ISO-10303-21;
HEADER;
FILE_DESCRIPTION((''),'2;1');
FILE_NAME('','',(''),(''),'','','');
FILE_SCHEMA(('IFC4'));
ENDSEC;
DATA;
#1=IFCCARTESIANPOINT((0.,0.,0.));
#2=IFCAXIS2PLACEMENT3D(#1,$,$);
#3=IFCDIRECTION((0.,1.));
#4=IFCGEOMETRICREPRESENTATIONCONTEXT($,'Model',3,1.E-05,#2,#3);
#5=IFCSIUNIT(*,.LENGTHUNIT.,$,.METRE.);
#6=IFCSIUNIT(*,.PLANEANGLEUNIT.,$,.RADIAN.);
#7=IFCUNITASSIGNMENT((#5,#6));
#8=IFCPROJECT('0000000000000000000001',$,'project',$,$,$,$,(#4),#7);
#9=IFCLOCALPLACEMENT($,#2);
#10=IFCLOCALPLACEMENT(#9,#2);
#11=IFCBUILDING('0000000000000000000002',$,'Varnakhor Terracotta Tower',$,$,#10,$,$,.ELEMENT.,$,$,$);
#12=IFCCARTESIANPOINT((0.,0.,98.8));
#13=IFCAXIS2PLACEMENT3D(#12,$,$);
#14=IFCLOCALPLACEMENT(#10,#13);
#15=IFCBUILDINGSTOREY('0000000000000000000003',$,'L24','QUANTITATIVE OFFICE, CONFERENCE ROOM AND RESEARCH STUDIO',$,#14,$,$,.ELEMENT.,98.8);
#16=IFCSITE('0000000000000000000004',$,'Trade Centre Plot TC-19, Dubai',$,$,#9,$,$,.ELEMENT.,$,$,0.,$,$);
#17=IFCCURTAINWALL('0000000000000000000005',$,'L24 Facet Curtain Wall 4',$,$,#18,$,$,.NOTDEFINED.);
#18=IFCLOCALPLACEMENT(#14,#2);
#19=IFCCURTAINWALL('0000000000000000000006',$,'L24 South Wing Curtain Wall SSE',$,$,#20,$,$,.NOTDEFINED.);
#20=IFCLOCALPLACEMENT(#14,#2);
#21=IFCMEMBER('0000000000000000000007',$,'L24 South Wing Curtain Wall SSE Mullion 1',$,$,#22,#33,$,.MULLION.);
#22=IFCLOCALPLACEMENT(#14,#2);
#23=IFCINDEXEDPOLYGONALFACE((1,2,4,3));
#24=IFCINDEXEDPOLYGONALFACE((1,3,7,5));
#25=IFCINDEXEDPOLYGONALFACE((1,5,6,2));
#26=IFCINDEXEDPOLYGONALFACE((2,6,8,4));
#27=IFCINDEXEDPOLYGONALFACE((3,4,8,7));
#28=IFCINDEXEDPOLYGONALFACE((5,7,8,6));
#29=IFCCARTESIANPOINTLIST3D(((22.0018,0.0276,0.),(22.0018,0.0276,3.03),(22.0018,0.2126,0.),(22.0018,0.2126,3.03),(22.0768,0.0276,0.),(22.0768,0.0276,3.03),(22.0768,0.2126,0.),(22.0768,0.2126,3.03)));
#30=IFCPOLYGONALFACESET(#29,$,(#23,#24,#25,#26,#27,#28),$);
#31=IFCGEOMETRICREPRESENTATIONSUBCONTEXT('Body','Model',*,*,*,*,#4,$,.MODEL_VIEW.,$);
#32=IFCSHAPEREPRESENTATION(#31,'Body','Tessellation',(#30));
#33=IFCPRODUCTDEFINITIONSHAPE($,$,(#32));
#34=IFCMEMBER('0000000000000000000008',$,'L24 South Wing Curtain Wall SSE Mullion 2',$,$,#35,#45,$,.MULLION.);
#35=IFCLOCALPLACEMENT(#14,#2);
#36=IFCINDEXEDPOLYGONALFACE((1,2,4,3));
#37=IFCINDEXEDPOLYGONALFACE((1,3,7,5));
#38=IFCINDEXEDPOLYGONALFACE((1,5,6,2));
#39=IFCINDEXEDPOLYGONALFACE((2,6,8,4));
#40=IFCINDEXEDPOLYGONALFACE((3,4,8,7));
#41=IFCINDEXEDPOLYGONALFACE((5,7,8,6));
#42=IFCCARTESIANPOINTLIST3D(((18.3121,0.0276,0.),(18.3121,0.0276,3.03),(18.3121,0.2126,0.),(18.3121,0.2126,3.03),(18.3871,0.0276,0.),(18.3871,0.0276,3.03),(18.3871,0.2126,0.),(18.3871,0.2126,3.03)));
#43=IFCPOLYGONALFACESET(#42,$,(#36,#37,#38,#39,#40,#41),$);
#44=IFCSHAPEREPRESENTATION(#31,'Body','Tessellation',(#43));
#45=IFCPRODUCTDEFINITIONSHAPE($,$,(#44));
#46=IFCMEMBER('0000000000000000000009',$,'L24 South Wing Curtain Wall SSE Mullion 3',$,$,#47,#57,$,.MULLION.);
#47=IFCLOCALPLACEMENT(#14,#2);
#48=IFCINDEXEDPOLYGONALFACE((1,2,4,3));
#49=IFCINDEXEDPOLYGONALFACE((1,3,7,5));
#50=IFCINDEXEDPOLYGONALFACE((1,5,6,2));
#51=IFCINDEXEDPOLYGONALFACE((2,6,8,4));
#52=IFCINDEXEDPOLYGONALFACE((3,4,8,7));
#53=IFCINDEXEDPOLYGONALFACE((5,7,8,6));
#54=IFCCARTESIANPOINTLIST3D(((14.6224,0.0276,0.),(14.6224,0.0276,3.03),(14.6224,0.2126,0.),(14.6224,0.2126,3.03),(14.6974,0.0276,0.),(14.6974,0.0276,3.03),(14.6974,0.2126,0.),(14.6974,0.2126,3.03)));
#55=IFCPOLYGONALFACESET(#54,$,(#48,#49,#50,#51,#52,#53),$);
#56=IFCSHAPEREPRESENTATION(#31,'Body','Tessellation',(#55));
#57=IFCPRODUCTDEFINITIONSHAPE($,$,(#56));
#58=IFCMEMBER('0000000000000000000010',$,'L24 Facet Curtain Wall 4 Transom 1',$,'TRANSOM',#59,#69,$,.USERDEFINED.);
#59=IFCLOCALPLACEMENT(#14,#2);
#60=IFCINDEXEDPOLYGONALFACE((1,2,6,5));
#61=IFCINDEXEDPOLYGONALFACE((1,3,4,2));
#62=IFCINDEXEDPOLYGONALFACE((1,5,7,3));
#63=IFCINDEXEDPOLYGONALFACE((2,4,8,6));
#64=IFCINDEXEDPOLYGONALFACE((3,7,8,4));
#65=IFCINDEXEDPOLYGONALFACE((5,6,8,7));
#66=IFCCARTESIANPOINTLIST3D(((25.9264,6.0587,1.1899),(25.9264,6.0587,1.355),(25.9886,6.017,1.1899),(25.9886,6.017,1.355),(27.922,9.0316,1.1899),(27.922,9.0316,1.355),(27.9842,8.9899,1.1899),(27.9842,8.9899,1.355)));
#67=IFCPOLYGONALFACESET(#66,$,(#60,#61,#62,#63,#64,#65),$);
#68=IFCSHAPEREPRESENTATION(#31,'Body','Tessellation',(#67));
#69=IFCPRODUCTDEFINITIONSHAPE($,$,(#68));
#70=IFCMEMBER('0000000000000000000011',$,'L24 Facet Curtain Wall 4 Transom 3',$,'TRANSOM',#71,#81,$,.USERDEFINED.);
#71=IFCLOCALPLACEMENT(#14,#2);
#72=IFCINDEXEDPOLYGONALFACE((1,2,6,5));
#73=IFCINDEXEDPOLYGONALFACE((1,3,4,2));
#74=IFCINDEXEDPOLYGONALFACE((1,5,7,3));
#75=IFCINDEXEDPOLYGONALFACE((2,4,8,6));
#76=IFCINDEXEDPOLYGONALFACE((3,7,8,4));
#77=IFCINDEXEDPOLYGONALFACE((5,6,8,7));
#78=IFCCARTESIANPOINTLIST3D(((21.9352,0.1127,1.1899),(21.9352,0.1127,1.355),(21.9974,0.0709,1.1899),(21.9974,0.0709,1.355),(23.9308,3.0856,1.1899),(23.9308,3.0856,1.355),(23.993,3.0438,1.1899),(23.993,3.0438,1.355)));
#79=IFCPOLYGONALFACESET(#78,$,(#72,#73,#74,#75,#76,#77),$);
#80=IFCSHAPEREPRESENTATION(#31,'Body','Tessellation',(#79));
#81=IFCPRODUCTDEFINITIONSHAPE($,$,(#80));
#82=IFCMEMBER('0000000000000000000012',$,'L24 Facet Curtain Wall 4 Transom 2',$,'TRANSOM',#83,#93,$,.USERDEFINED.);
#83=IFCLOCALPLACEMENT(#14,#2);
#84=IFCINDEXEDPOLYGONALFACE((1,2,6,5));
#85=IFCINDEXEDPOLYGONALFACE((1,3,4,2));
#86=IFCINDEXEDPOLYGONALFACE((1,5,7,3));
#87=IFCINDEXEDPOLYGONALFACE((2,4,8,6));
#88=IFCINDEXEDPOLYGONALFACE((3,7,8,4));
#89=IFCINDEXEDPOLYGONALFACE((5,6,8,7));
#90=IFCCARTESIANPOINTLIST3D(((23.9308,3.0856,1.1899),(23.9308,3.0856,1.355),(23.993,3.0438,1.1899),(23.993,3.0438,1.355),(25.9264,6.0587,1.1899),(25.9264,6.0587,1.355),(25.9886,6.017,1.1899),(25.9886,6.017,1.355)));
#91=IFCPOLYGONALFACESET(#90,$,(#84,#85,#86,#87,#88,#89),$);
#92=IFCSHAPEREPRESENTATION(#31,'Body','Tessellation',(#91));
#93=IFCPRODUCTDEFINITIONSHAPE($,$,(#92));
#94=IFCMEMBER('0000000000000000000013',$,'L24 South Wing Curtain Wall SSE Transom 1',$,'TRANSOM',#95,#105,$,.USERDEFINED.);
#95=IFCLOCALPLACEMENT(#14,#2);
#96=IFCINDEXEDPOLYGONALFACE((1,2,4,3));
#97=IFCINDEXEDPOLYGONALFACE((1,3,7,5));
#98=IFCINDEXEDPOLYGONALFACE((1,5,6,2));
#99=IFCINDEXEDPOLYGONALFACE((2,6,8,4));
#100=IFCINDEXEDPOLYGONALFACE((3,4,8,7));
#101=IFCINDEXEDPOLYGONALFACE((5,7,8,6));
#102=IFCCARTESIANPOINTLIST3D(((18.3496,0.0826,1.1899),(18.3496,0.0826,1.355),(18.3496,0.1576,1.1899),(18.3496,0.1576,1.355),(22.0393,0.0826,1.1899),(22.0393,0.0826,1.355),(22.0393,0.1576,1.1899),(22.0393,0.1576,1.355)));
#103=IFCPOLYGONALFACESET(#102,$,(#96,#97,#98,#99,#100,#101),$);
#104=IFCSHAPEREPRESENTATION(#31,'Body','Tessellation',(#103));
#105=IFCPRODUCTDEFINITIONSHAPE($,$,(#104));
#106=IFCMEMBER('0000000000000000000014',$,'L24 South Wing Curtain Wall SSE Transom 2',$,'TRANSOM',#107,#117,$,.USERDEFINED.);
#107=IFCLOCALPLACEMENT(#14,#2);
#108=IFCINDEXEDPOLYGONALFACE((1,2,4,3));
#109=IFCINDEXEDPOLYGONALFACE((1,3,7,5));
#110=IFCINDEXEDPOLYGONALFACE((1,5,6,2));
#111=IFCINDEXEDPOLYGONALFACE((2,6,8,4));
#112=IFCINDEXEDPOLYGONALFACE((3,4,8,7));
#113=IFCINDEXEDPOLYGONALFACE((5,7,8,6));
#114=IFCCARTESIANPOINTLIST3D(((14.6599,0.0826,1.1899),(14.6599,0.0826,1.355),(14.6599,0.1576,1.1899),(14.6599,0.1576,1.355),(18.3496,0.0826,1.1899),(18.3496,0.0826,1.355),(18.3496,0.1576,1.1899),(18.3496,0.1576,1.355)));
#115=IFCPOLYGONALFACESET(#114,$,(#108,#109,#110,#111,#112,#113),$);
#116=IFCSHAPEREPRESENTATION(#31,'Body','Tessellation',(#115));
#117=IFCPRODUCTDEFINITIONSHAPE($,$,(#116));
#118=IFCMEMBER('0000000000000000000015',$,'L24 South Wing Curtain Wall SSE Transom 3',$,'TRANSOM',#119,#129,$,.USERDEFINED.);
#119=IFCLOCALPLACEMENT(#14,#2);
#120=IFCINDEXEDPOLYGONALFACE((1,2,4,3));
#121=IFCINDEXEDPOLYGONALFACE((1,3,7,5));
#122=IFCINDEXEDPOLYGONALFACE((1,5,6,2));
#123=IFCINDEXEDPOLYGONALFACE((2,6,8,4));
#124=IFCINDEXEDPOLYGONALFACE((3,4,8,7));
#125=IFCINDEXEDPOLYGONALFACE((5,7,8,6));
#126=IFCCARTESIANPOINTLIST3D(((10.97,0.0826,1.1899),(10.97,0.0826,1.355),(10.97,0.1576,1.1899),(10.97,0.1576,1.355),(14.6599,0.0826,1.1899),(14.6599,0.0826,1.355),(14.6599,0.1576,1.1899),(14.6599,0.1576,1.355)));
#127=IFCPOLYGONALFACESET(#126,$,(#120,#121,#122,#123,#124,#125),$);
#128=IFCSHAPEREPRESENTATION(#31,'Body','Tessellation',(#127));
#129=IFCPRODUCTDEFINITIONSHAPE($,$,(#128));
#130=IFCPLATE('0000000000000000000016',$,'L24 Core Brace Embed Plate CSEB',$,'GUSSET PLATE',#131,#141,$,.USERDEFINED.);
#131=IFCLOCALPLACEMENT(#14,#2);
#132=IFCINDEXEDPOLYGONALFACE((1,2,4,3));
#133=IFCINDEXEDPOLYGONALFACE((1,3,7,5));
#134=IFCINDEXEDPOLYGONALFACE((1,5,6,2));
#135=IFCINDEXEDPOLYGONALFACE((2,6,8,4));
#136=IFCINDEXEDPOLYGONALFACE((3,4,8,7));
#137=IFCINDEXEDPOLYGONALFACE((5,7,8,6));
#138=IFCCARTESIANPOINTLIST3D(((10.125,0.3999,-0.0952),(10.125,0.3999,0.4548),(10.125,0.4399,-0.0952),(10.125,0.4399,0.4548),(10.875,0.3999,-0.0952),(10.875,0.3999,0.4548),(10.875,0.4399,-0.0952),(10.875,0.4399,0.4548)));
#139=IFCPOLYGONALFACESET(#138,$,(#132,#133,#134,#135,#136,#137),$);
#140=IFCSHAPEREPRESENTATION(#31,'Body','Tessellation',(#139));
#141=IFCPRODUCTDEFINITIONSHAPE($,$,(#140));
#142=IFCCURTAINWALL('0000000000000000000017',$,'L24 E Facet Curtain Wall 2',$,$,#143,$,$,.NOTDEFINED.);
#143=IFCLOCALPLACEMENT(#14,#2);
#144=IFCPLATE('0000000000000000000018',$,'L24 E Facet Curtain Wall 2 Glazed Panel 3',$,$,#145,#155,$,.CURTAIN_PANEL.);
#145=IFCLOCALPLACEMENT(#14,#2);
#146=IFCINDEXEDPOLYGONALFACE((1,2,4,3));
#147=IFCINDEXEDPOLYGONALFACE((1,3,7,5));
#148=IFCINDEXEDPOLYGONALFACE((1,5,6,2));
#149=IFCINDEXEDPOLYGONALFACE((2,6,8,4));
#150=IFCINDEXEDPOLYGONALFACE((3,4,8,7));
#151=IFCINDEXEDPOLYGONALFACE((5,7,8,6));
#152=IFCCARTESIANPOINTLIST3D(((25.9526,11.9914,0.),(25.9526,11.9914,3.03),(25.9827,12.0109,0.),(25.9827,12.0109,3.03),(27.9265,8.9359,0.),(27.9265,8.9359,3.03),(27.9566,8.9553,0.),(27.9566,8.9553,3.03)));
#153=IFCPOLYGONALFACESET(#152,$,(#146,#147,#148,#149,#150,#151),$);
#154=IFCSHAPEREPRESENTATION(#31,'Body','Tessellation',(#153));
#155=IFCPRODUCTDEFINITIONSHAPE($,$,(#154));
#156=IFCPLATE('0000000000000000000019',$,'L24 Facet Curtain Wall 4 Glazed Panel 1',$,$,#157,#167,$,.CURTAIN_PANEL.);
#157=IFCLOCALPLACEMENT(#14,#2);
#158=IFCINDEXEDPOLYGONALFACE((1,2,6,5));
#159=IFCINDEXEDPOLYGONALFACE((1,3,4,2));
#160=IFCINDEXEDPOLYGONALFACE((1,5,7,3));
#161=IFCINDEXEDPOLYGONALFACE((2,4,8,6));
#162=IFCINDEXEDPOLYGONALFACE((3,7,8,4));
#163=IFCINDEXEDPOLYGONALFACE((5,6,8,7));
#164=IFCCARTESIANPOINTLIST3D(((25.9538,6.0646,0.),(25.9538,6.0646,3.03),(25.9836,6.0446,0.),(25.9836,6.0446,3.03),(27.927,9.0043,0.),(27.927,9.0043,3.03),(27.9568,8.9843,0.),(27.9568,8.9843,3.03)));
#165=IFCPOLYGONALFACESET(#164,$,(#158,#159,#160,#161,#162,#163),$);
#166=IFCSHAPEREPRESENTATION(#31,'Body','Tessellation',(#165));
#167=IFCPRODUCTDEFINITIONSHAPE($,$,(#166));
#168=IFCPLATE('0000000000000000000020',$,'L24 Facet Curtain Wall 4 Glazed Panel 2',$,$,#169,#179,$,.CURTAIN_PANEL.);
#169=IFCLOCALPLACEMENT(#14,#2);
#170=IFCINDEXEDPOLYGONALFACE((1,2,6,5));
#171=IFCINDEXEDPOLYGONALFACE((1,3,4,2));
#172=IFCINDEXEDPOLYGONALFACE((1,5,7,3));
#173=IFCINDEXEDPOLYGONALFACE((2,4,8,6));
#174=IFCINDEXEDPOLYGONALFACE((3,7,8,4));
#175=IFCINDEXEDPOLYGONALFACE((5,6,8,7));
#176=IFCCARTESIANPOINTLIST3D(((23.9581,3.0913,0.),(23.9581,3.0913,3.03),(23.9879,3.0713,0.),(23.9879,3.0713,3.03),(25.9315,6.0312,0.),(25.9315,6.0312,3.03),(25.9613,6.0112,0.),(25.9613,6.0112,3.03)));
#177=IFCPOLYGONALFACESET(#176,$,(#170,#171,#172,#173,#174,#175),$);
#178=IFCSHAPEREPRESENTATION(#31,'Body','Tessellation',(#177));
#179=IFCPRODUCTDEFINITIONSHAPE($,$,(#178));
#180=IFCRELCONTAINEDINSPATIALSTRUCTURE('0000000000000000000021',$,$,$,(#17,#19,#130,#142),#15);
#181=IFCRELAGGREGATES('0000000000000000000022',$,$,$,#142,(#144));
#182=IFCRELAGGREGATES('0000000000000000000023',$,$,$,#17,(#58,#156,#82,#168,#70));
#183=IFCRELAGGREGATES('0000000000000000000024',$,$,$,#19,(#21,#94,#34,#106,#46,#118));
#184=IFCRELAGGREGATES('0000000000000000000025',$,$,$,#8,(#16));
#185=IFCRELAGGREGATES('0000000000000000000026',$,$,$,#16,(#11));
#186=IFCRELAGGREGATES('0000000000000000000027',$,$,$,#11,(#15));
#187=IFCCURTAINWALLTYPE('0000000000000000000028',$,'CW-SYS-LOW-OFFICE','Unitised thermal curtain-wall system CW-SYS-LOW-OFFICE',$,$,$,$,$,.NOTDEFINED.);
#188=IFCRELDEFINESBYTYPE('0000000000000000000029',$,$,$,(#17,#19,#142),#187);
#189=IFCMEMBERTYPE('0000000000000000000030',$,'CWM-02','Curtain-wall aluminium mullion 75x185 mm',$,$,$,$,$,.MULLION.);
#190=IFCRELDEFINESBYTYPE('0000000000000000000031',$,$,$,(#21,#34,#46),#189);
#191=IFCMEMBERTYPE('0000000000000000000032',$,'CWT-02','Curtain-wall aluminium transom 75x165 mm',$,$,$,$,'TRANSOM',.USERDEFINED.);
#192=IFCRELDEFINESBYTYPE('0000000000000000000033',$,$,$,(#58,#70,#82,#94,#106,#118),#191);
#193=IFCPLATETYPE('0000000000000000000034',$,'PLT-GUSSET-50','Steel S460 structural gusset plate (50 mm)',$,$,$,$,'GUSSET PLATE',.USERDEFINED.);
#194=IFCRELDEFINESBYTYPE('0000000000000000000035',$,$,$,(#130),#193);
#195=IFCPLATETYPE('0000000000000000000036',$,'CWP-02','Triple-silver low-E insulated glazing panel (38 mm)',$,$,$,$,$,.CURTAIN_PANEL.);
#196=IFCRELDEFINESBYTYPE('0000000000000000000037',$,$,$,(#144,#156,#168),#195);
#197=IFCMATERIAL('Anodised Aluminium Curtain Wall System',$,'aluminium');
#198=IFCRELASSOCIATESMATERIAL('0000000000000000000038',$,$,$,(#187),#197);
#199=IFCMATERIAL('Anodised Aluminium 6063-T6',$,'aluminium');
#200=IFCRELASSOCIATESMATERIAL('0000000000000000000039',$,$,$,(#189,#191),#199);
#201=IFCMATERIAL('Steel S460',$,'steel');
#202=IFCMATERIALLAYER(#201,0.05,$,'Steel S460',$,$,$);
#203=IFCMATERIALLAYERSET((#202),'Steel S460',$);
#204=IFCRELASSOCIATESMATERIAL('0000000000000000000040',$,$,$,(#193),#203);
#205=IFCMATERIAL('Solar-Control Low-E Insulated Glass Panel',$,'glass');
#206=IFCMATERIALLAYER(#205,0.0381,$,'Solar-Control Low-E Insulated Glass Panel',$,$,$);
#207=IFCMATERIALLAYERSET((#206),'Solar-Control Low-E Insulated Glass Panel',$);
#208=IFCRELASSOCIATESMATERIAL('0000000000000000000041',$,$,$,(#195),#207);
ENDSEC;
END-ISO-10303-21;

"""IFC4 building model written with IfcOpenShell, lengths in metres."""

from ifc_helpers import new_model, si_unit, direction, frame, origin, origin_2d, place, context, subcontext, project, spatial, rectangle, extrude, source, transform, mapped, material, layer, layer_set, material_profile, profile_set, type_object, type_shapes, element, aggregate, save


model = new_model("IFC4")

# Units and contexts
model_context = context("Model", 3, precision=1e-05, world=origin(), true_north=direction((0.0, 1.0)))
body_context = subcontext(model_context, "Body", "Model", "MODEL_VIEW")
ifc_project = project(units=[si_unit("LENGTHUNIT", "METRE"), si_unit("PLANEANGLEUNIT", "RADIAN")], contexts=[model_context])

# Site, building, storey
site_placement = place(None, origin())
site = spatial("IfcSite", under=ifc_project, at=site_placement, Name="Trade Centre Plot TC-19, Dubai", CompositionType="ELEMENT", RefElevation=0.0)
building_placement = place(site_placement, origin())
building = spatial("IfcBuilding", under=site, at=building_placement, Name="Varnakhor Terracotta Tower", CompositionType="ELEMENT")
storey_placement = place(building_placement, frame((0.0, 0.0, 98.8)))
storey = spatial("IfcBuildingStorey", under=building, at=storey_placement, Name="L24", Description="QUANTITATIVE OFFICE, CONFERENCE ROOM AND RESEARCH STUDIO", CompositionType="ELEMENT", Elevation=98.8)

# Shared definitions
ifc_material_1 = material(Name="Steel S460", Category="steel")

# Curtain walls, members
ifc_material_2 = material(Name="Anodised Aluminium Curtain Wall System", Category="aluminium")
curtain_wall_type = type_object("IfcCurtainWallType", Name="CW-SYS-LOW-OFFICE", Description="Unitised thermal curtain-wall system CW-SYS-LOW-OFFICE", PredefinedType="NOTDEFINED", material=ifc_material_2)
curtain_wall_1_placement = place(storey_placement, origin())
curtain_wall_1 = element("IfcCurtainWall", 1, at=curtain_wall_1_placement, inside=storey, type_object=curtain_wall_type, Name="L24 Facet Curtain Wall 4", PredefinedType="NOTDEFINED")
ifc_material_3 = material(Name="Anodised Aluminium 6063-T6", Category="aluminium")
ifc_material_profile_1 = material_profile(ifc_material_3, rectangle(XDim=0.075, YDim=0.1851, at=origin_2d()), Name="ALU MULLION 75x185")
ifc_profile_set_1 = profile_set([ifc_material_profile_1], Name="Anodised Aluminium 6063-T6")
member_type_1 = type_object("IfcMemberType", Name="CWM-02", Description="Curtain-wall aluminium mullion 75x185 mm", PredefinedType="MULLION", material=ifc_profile_set_1)
shared_shape_1 = source(origin(), body_context, "Body", "SweptSolid", [
    extrude(rectangle(XDim=0.075, YDim=0.1851, at=origin_2d()), origin(), (0.0, 0.0, 1.0), 3.03),
])
type_shapes(member_type_1, [shared_shape_1])
curtain_wall_2_placement = place(storey_placement, origin())
curtain_wall_2 = element("IfcCurtainWall", 2, at=curtain_wall_2_placement, inside=storey, type_object=curtain_wall_type, Name="L24 South Wing Curtain Wall SSE", PredefinedType="NOTDEFINED")
member_1_placement = place(storey_placement, frame((22.0393, 0.1201, 0.0), z_axis=(0.0, 0.0, 1.0), x_axis=(1.0, 0.0, 0.0)))
member_1 = element("IfcMember", 3, at=member_1_placement, type_object=member_type_1, Name="L24 South Wing Curtain Wall SSE Mullion 1", PredefinedType="MULLION", context=body_context, shape_type="MappedRepresentation", body=[
    mapped(shared_shape_1, transform((0.0, 0.0, 0.0), scale=1.0)),
])
member_2_placement = place(storey_placement, frame((18.3496, 0.1201, 0.0), z_axis=(0.0, 0.0, 1.0), x_axis=(1.0, 0.0, 0.0)))
member_2 = element("IfcMember", 4, at=member_2_placement, type_object=member_type_1, Name="L24 South Wing Curtain Wall SSE Mullion 2", PredefinedType="MULLION", context=body_context, shape_type="MappedRepresentation", body=[
    mapped(shared_shape_1, transform((0.0, 0.0, 0.0), scale=1.0)),
])
member_3_placement = place(storey_placement, frame((14.6599, 0.1201, 0.0), z_axis=(0.0, 0.0, 1.0), x_axis=(1.0, 0.0, 0.0)))
member_3 = element("IfcMember", 5, at=member_3_placement, type_object=member_type_1, Name="L24 South Wing Curtain Wall SSE Mullion 3", PredefinedType="MULLION", context=body_context, shape_type="MappedRepresentation", body=[
    mapped(shared_shape_1, transform((0.0, 0.0, 0.0), scale=1.0)),
])

# Members
ifc_material_profile_2 = material_profile(ifc_material_3, rectangle(XDim=0.075, YDim=0.165, at=origin_2d()), Name="ALU TRANSOM 75x165")
ifc_profile_set_2 = profile_set([ifc_material_profile_2], Name="Anodised Aluminium 6063-T6")
member_type_2 = type_object("IfcMemberType", Name="CWT-02", Description="Curtain-wall aluminium transom 75x165 mm", ElementType="TRANSOM", PredefinedType="USERDEFINED", material=ifc_profile_set_2)
shared_shape_2 = source(origin(), body_context, "Body", "SweptSolid", [
    extrude(rectangle(XDim=0.075, YDim=0.165, at=origin_2d()), origin(), (0.0, 0.0, 1.0), 3.5806),
])
member_4_placement = place(storey_placement, frame((27.9531, 9.0107, 1.2725), z_axis=(-0.557341, -0.830284, 0.0), x_axis=(0.830284, -0.557341, 0.0)))
member_4 = element("IfcMember", 6, at=member_4_placement, type_object=member_type_2, Name="L24 Facet Curtain Wall 4 Transom 1", ObjectType="TRANSOM", PredefinedType="USERDEFINED", context=body_context, shape_type="MappedRepresentation", body=[
    mapped(shared_shape_2, transform((0.0, 0.0, 0.0), scale=1.0)),
])
member_5_placement = place(storey_placement, frame((23.9619, 3.0647, 1.2725), z_axis=(-0.557341, -0.830284, 0.0), x_axis=(0.830284, -0.557341, 0.0)))
member_5 = element("IfcMember", 7, at=member_5_placement, type_object=member_type_2, Name="L24 Facet Curtain Wall 4 Transom 3", ObjectType="TRANSOM", PredefinedType="USERDEFINED", context=body_context, shape_type="MappedRepresentation", body=[
    mapped(shared_shape_2, transform((0.0, 0.0, 0.0), scale=1.0)),
])
shared_shape_3 = source(origin(), body_context, "Body", "SweptSolid", [
    extrude(rectangle(XDim=0.075, YDim=0.165, at=origin_2d()), origin(), (0.0, 0.0, 1.0), 3.5808),
])
member_6_placement = place(storey_placement, frame((25.9575, 6.0378, 1.2725), z_axis=(-0.557309, -0.830305, 0.0), x_axis=(0.830305, -0.557309, 0.0)))
member_6 = element("IfcMember", 8, at=member_6_placement, type_object=member_type_2, Name="L24 Facet Curtain Wall 4 Transom 2", ObjectType="TRANSOM", PredefinedType="USERDEFINED", context=body_context, shape_type="MappedRepresentation", body=[
    mapped(shared_shape_3, transform((0.0, 0.0, 0.0), scale=1.0)),
])
shared_shape_4 = source(origin(), body_context, "Body", "SweptSolid", [
    extrude(rectangle(XDim=0.075, YDim=0.165, at=origin_2d()), origin(), (0.0, 0.0, 1.0), 3.6897),
])
member_7_placement = place(storey_placement, frame((22.0393, 0.1201, 1.2725), z_axis=(-1.0, 0.0, 0.0), x_axis=(0.0, -1.0, 0.0)))
member_7 = element("IfcMember", 9, at=member_7_placement, type_object=member_type_2, Name="L24 South Wing Curtain Wall SSE Transom 1", ObjectType="TRANSOM", PredefinedType="USERDEFINED", context=body_context, shape_type="MappedRepresentation", body=[
    mapped(shared_shape_4, transform((0.0, 0.0, 0.0), scale=1.0)),
])
member_8_placement = place(storey_placement, frame((18.3496, 0.1201, 1.2725), z_axis=(-1.0, 0.0, 0.0), x_axis=(0.0, -1.0, 0.0)))
member_8 = element("IfcMember", 10, at=member_8_placement, type_object=member_type_2, Name="L24 South Wing Curtain Wall SSE Transom 2", ObjectType="TRANSOM", PredefinedType="USERDEFINED", context=body_context, shape_type="MappedRepresentation", body=[
    mapped(shared_shape_4, transform((0.0, 0.0, 0.0), scale=1.0)),
])
shared_shape_5 = source(origin(), body_context, "Body", "SweptSolid", [
    extrude(rectangle(XDim=0.075, YDim=0.165, at=origin_2d()), origin(), (0.0, 0.0, 1.0), 3.6899),
])
member_9_placement = place(storey_placement, frame((14.6599, 0.1201, 1.2725), z_axis=(-1.0, 0.0, 0.0), x_axis=(0.0, -1.0, 0.0)))
member_9 = element("IfcMember", 11, at=member_9_placement, type_object=member_type_2, Name="L24 South Wing Curtain Wall SSE Transom 3", ObjectType="TRANSOM", PredefinedType="USERDEFINED", context=body_context, shape_type="MappedRepresentation", body=[
    mapped(shared_shape_5, transform((0.0, 0.0, 0.0), scale=1.0)),
])

# Plate
ifc_layer_1 = layer(ifc_material_1, 0.05, Name="Steel S460")
ifc_layer_set_1 = layer_set([ifc_layer_1], Name="Steel S460")
plate_type_1 = type_object("IfcPlateType", Name="PLT-GUSSET-50", Description="Steel S460 structural gusset plate (50 mm)", ElementType="GUSSET PLATE", PredefinedType="USERDEFINED", material=ifc_layer_set_1)
shared_shape_6 = source(origin(), body_context, "Body", "SweptSolid", [
    extrude(rectangle(XDim=0.75, YDim=0.04, at=origin_2d()), origin(), (0.0, 0.0, 1.0), 0.55),
])
type_shapes(plate_type_1, [shared_shape_6])
plate_1_placement = place(storey_placement, frame((10.5, 0.4199, -0.0952), z_axis=(0.0, 0.0, 1.0), x_axis=(1.0, 0.0, 0.0)))
element("IfcPlate", 12, at=plate_1_placement, inside=storey, type_object=plate_type_1, Name="L24 Core Brace Embed Plate CSEB", ObjectType="GUSSET PLATE", PredefinedType="USERDEFINED", context=body_context, shape_type="MappedRepresentation", body=[
    mapped(shared_shape_6, transform((0.0, 0.0, 0.0), scale=1.0)),
])

# Curtain wall, plate
curtain_wall_3_placement = place(storey_placement, origin())
curtain_wall_3 = element("IfcCurtainWall", 13, at=curtain_wall_3_placement, inside=storey, type_object=curtain_wall_type, Name="L24 E Facet Curtain Wall 2", PredefinedType="NOTDEFINED")
ifc_material_4 = material(Name="Solar-Control Low-E Insulated Glass Panel", Category="glass")
ifc_layer_2 = layer(ifc_material_4, 0.0381, Name="Solar-Control Low-E Insulated Glass Panel")
ifc_layer_set_2 = layer_set([ifc_layer_2], Name="Solar-Control Low-E Insulated Glass Panel")
plate_type_2 = type_object("IfcPlateType", Name="CWP-02", Description="Triple-silver low-E insulated glazing panel (38 mm)", PredefinedType="CURTAIN_PANEL", material=ifc_layer_set_2)
shared_shape_7 = source(origin(), body_context, "Body", "SweptSolid", [
    extrude(rectangle(XDim=3.6377, YDim=0.0359, at=origin_2d()), origin(), (0.0, 0.0, 1.0), 3.03),
])
plate_2_placement = place(storey_placement, frame((26.9546, 10.4734, 0.0), z_axis=(0.0, 0.0, 1.0), x_axis=(0.542632, -0.83997, 0.0)))
plate_2 = element("IfcPlate", 14, at=plate_2_placement, type_object=plate_type_2, Name="L24 E Facet Curtain Wall 2 Glazed Panel 3", PredefinedType="CURTAIN_PANEL", context=body_context, shape_type="MappedRepresentation", body=[
    mapped(shared_shape_7, transform((0.0, 0.0, 0.0), scale=1.0)),
])
aggregate(curtain_wall_3, [plate_2])

# Plates
shared_shape_8 = source(origin(), body_context, "Body", "SweptSolid", [
    extrude(rectangle(XDim=3.5405, YDim=0.0359, at=origin_2d()), origin(), (0.0, 0.0, 1.0), 3.03),
])
plate_3_placement = place(storey_placement, frame((26.9553, 7.5244, 0.0), z_axis=(0.0, 0.0, 1.0), x_axis=(-0.557325, -0.830294, 0.0)))
plate_3 = element("IfcPlate", 15, at=plate_3_placement, type_object=plate_type_2, Name="L24 Facet Curtain Wall 4 Glazed Panel 1", PredefinedType="CURTAIN_PANEL", context=body_context, shape_type="MappedRepresentation", body=[
    mapped(shared_shape_8, transform((0.0, 0.0, 0.0), scale=1.0)),
])
shared_shape_9 = source(origin(), body_context, "Body", "SweptSolid", [
    extrude(rectangle(XDim=3.5408, YDim=0.0359, at=origin_2d()), origin(), (0.0, 0.0, 1.0), 3.03),
])
plate_4_placement = place(storey_placement, frame((24.9597, 4.5513, 0.0), z_axis=(0.0, 0.0, 1.0), x_axis=(-0.557325, -0.830294, 0.0)))
plate_4 = element("IfcPlate", 16, at=plate_4_placement, type_object=plate_type_2, Name="L24 Facet Curtain Wall 4 Glazed Panel 2", PredefinedType="CURTAIN_PANEL", context=body_context, shape_type="MappedRepresentation", body=[
    mapped(shared_shape_9, transform((0.0, 0.0, 0.0), scale=1.0)),
])
aggregate(curtain_wall_1, [member_4, plate_3, member_6, plate_4, member_5])
aggregate(curtain_wall_2, [member_1, member_7, member_2, member_8, member_3, member_9])

save(model, "model.ifc")
